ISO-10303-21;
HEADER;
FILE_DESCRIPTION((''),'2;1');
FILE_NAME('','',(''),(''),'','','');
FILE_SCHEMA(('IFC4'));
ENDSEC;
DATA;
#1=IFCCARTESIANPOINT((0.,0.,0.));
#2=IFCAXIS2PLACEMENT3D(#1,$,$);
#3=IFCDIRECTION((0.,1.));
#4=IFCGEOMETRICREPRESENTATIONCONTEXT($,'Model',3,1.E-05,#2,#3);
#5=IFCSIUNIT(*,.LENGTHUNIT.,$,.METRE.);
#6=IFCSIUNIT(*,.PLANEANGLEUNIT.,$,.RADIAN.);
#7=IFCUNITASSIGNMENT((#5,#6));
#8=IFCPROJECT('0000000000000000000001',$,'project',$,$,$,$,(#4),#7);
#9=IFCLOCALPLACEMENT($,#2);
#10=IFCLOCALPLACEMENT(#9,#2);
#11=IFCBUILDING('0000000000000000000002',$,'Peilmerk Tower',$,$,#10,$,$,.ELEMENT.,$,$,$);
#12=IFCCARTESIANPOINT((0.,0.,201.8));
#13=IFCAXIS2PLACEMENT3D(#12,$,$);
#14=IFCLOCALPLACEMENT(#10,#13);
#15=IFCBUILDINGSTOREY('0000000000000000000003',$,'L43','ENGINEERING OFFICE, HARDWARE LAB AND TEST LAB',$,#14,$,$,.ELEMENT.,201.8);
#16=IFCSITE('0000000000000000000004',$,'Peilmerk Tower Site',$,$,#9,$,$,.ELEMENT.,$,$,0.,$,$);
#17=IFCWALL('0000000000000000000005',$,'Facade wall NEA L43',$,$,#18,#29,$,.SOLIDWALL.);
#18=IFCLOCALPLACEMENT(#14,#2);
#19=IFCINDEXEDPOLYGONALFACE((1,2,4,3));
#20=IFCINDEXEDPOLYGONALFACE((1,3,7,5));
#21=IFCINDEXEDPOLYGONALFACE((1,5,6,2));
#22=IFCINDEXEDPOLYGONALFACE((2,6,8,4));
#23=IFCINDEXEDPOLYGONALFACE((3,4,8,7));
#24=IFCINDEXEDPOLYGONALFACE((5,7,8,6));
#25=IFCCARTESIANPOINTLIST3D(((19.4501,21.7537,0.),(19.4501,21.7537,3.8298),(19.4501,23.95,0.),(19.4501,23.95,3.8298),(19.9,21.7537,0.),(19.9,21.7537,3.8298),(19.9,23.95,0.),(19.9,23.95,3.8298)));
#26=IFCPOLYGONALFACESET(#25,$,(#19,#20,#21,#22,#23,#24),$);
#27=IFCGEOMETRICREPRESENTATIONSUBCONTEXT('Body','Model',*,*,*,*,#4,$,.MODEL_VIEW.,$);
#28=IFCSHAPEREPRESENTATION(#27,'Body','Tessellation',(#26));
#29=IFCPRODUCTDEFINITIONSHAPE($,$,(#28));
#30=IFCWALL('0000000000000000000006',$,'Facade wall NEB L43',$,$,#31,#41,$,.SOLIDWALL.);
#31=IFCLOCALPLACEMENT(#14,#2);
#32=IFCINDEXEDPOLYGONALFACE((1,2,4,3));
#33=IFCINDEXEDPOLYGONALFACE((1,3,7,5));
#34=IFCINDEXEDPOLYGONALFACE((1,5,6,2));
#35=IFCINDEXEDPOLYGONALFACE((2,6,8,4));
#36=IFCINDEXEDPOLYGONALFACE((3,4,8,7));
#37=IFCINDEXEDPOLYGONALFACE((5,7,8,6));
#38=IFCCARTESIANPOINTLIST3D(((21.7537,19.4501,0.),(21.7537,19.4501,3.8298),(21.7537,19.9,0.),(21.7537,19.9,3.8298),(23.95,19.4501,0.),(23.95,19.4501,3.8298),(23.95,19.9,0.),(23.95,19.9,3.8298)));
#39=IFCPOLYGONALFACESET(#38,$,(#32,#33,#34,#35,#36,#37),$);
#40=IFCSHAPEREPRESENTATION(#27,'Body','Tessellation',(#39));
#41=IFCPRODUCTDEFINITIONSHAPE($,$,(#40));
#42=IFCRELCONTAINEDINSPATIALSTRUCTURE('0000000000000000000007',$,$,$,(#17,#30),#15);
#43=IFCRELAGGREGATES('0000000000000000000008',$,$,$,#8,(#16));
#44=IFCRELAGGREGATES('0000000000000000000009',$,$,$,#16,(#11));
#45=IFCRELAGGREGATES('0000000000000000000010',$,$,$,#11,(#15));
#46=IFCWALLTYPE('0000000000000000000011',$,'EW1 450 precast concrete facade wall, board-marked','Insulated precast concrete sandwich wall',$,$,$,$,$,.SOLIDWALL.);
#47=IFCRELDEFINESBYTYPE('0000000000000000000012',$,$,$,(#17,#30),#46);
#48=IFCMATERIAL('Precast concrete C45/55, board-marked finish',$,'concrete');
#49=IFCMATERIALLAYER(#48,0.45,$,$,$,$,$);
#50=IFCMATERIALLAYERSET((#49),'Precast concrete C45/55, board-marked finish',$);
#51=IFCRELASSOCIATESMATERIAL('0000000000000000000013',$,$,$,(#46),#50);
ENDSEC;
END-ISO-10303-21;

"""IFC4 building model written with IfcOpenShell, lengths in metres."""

from ifc_helpers import new_model, si_unit, direction, frame, frame_2d, origin, place, context, subcontext, project, spatial, rectangle, extrude, material, layer, layer_set, type_object, element, save


model = new_model("IFC4")

# Units and contexts
model_context = context("Model", 3, precision=1e-05, world=origin(), true_north=direction((0.0, 1.0)))
body_context = subcontext(model_context, "Body", "Model", "MODEL_VIEW")
ifc_project = project(units=[si_unit("LENGTHUNIT", "METRE"), si_unit("PLANEANGLEUNIT", "RADIAN")], contexts=[model_context])

# Site, building, storey
site_placement = place(None, origin())
site = spatial("IfcSite", under=ifc_project, at=site_placement, Name="Peilmerk Tower Site", CompositionType="ELEMENT", RefElevation=0.0)
building_placement = place(site_placement, origin())
building = spatial("IfcBuilding", under=site, at=building_placement, Name="Peilmerk Tower", CompositionType="ELEMENT")
storey_placement = place(building_placement, frame((0.0, 0.0, 201.8)))
storey = spatial("IfcBuildingStorey", under=building, at=storey_placement, Name="L43", Description="ENGINEERING OFFICE, HARDWARE LAB AND TEST LAB", CompositionType="ELEMENT", Elevation=201.8)

# Shared definitions
ifc_material_1 = material(Name="Precast concrete C45/55, board-marked finish", Category="concrete")
ifc_layer_1 = layer(ifc_material_1, 0.45)
ifc_layer_set_1 = layer_set([ifc_layer_1], Name="Precast concrete C45/55, board-marked finish")
wall_type = type_object("IfcWallType", Name="EW1 450 precast concrete facade wall, board-marked", Description="Insulated precast concrete sandwich wall", PredefinedType="SOLIDWALL", material=ifc_layer_set_1)

# Walls
for number, where, z_axis, x_axis, name in (
    (1, (19.675, 21.7537, 0.0), (0.0, 0.0, 1.0), (0.0, 1.0, 0.0), "Facade wall NEA L43"),
    (2, (21.7537, 19.675, 0.0), (0.0, 0.0, 1.0), (1.0, 0.0, 0.0), "Facade wall NEB L43"),
):
    element("IfcWall", number, at=place(storey_placement, frame(where, z_axis=z_axis, x_axis=x_axis)), inside=storey, type_object=wall_type, Name=name, PredefinedType="SOLIDWALL", context=body_context, shape_type="SweptSolid", body=[
        extrude(rectangle(XDim=2.1963, YDim=0.45, at=frame_2d((1.0981, 0.0))), origin(), (0.0, 0.0, 1.0), 3.8298),
    ])

save(model, "model.ifc")
